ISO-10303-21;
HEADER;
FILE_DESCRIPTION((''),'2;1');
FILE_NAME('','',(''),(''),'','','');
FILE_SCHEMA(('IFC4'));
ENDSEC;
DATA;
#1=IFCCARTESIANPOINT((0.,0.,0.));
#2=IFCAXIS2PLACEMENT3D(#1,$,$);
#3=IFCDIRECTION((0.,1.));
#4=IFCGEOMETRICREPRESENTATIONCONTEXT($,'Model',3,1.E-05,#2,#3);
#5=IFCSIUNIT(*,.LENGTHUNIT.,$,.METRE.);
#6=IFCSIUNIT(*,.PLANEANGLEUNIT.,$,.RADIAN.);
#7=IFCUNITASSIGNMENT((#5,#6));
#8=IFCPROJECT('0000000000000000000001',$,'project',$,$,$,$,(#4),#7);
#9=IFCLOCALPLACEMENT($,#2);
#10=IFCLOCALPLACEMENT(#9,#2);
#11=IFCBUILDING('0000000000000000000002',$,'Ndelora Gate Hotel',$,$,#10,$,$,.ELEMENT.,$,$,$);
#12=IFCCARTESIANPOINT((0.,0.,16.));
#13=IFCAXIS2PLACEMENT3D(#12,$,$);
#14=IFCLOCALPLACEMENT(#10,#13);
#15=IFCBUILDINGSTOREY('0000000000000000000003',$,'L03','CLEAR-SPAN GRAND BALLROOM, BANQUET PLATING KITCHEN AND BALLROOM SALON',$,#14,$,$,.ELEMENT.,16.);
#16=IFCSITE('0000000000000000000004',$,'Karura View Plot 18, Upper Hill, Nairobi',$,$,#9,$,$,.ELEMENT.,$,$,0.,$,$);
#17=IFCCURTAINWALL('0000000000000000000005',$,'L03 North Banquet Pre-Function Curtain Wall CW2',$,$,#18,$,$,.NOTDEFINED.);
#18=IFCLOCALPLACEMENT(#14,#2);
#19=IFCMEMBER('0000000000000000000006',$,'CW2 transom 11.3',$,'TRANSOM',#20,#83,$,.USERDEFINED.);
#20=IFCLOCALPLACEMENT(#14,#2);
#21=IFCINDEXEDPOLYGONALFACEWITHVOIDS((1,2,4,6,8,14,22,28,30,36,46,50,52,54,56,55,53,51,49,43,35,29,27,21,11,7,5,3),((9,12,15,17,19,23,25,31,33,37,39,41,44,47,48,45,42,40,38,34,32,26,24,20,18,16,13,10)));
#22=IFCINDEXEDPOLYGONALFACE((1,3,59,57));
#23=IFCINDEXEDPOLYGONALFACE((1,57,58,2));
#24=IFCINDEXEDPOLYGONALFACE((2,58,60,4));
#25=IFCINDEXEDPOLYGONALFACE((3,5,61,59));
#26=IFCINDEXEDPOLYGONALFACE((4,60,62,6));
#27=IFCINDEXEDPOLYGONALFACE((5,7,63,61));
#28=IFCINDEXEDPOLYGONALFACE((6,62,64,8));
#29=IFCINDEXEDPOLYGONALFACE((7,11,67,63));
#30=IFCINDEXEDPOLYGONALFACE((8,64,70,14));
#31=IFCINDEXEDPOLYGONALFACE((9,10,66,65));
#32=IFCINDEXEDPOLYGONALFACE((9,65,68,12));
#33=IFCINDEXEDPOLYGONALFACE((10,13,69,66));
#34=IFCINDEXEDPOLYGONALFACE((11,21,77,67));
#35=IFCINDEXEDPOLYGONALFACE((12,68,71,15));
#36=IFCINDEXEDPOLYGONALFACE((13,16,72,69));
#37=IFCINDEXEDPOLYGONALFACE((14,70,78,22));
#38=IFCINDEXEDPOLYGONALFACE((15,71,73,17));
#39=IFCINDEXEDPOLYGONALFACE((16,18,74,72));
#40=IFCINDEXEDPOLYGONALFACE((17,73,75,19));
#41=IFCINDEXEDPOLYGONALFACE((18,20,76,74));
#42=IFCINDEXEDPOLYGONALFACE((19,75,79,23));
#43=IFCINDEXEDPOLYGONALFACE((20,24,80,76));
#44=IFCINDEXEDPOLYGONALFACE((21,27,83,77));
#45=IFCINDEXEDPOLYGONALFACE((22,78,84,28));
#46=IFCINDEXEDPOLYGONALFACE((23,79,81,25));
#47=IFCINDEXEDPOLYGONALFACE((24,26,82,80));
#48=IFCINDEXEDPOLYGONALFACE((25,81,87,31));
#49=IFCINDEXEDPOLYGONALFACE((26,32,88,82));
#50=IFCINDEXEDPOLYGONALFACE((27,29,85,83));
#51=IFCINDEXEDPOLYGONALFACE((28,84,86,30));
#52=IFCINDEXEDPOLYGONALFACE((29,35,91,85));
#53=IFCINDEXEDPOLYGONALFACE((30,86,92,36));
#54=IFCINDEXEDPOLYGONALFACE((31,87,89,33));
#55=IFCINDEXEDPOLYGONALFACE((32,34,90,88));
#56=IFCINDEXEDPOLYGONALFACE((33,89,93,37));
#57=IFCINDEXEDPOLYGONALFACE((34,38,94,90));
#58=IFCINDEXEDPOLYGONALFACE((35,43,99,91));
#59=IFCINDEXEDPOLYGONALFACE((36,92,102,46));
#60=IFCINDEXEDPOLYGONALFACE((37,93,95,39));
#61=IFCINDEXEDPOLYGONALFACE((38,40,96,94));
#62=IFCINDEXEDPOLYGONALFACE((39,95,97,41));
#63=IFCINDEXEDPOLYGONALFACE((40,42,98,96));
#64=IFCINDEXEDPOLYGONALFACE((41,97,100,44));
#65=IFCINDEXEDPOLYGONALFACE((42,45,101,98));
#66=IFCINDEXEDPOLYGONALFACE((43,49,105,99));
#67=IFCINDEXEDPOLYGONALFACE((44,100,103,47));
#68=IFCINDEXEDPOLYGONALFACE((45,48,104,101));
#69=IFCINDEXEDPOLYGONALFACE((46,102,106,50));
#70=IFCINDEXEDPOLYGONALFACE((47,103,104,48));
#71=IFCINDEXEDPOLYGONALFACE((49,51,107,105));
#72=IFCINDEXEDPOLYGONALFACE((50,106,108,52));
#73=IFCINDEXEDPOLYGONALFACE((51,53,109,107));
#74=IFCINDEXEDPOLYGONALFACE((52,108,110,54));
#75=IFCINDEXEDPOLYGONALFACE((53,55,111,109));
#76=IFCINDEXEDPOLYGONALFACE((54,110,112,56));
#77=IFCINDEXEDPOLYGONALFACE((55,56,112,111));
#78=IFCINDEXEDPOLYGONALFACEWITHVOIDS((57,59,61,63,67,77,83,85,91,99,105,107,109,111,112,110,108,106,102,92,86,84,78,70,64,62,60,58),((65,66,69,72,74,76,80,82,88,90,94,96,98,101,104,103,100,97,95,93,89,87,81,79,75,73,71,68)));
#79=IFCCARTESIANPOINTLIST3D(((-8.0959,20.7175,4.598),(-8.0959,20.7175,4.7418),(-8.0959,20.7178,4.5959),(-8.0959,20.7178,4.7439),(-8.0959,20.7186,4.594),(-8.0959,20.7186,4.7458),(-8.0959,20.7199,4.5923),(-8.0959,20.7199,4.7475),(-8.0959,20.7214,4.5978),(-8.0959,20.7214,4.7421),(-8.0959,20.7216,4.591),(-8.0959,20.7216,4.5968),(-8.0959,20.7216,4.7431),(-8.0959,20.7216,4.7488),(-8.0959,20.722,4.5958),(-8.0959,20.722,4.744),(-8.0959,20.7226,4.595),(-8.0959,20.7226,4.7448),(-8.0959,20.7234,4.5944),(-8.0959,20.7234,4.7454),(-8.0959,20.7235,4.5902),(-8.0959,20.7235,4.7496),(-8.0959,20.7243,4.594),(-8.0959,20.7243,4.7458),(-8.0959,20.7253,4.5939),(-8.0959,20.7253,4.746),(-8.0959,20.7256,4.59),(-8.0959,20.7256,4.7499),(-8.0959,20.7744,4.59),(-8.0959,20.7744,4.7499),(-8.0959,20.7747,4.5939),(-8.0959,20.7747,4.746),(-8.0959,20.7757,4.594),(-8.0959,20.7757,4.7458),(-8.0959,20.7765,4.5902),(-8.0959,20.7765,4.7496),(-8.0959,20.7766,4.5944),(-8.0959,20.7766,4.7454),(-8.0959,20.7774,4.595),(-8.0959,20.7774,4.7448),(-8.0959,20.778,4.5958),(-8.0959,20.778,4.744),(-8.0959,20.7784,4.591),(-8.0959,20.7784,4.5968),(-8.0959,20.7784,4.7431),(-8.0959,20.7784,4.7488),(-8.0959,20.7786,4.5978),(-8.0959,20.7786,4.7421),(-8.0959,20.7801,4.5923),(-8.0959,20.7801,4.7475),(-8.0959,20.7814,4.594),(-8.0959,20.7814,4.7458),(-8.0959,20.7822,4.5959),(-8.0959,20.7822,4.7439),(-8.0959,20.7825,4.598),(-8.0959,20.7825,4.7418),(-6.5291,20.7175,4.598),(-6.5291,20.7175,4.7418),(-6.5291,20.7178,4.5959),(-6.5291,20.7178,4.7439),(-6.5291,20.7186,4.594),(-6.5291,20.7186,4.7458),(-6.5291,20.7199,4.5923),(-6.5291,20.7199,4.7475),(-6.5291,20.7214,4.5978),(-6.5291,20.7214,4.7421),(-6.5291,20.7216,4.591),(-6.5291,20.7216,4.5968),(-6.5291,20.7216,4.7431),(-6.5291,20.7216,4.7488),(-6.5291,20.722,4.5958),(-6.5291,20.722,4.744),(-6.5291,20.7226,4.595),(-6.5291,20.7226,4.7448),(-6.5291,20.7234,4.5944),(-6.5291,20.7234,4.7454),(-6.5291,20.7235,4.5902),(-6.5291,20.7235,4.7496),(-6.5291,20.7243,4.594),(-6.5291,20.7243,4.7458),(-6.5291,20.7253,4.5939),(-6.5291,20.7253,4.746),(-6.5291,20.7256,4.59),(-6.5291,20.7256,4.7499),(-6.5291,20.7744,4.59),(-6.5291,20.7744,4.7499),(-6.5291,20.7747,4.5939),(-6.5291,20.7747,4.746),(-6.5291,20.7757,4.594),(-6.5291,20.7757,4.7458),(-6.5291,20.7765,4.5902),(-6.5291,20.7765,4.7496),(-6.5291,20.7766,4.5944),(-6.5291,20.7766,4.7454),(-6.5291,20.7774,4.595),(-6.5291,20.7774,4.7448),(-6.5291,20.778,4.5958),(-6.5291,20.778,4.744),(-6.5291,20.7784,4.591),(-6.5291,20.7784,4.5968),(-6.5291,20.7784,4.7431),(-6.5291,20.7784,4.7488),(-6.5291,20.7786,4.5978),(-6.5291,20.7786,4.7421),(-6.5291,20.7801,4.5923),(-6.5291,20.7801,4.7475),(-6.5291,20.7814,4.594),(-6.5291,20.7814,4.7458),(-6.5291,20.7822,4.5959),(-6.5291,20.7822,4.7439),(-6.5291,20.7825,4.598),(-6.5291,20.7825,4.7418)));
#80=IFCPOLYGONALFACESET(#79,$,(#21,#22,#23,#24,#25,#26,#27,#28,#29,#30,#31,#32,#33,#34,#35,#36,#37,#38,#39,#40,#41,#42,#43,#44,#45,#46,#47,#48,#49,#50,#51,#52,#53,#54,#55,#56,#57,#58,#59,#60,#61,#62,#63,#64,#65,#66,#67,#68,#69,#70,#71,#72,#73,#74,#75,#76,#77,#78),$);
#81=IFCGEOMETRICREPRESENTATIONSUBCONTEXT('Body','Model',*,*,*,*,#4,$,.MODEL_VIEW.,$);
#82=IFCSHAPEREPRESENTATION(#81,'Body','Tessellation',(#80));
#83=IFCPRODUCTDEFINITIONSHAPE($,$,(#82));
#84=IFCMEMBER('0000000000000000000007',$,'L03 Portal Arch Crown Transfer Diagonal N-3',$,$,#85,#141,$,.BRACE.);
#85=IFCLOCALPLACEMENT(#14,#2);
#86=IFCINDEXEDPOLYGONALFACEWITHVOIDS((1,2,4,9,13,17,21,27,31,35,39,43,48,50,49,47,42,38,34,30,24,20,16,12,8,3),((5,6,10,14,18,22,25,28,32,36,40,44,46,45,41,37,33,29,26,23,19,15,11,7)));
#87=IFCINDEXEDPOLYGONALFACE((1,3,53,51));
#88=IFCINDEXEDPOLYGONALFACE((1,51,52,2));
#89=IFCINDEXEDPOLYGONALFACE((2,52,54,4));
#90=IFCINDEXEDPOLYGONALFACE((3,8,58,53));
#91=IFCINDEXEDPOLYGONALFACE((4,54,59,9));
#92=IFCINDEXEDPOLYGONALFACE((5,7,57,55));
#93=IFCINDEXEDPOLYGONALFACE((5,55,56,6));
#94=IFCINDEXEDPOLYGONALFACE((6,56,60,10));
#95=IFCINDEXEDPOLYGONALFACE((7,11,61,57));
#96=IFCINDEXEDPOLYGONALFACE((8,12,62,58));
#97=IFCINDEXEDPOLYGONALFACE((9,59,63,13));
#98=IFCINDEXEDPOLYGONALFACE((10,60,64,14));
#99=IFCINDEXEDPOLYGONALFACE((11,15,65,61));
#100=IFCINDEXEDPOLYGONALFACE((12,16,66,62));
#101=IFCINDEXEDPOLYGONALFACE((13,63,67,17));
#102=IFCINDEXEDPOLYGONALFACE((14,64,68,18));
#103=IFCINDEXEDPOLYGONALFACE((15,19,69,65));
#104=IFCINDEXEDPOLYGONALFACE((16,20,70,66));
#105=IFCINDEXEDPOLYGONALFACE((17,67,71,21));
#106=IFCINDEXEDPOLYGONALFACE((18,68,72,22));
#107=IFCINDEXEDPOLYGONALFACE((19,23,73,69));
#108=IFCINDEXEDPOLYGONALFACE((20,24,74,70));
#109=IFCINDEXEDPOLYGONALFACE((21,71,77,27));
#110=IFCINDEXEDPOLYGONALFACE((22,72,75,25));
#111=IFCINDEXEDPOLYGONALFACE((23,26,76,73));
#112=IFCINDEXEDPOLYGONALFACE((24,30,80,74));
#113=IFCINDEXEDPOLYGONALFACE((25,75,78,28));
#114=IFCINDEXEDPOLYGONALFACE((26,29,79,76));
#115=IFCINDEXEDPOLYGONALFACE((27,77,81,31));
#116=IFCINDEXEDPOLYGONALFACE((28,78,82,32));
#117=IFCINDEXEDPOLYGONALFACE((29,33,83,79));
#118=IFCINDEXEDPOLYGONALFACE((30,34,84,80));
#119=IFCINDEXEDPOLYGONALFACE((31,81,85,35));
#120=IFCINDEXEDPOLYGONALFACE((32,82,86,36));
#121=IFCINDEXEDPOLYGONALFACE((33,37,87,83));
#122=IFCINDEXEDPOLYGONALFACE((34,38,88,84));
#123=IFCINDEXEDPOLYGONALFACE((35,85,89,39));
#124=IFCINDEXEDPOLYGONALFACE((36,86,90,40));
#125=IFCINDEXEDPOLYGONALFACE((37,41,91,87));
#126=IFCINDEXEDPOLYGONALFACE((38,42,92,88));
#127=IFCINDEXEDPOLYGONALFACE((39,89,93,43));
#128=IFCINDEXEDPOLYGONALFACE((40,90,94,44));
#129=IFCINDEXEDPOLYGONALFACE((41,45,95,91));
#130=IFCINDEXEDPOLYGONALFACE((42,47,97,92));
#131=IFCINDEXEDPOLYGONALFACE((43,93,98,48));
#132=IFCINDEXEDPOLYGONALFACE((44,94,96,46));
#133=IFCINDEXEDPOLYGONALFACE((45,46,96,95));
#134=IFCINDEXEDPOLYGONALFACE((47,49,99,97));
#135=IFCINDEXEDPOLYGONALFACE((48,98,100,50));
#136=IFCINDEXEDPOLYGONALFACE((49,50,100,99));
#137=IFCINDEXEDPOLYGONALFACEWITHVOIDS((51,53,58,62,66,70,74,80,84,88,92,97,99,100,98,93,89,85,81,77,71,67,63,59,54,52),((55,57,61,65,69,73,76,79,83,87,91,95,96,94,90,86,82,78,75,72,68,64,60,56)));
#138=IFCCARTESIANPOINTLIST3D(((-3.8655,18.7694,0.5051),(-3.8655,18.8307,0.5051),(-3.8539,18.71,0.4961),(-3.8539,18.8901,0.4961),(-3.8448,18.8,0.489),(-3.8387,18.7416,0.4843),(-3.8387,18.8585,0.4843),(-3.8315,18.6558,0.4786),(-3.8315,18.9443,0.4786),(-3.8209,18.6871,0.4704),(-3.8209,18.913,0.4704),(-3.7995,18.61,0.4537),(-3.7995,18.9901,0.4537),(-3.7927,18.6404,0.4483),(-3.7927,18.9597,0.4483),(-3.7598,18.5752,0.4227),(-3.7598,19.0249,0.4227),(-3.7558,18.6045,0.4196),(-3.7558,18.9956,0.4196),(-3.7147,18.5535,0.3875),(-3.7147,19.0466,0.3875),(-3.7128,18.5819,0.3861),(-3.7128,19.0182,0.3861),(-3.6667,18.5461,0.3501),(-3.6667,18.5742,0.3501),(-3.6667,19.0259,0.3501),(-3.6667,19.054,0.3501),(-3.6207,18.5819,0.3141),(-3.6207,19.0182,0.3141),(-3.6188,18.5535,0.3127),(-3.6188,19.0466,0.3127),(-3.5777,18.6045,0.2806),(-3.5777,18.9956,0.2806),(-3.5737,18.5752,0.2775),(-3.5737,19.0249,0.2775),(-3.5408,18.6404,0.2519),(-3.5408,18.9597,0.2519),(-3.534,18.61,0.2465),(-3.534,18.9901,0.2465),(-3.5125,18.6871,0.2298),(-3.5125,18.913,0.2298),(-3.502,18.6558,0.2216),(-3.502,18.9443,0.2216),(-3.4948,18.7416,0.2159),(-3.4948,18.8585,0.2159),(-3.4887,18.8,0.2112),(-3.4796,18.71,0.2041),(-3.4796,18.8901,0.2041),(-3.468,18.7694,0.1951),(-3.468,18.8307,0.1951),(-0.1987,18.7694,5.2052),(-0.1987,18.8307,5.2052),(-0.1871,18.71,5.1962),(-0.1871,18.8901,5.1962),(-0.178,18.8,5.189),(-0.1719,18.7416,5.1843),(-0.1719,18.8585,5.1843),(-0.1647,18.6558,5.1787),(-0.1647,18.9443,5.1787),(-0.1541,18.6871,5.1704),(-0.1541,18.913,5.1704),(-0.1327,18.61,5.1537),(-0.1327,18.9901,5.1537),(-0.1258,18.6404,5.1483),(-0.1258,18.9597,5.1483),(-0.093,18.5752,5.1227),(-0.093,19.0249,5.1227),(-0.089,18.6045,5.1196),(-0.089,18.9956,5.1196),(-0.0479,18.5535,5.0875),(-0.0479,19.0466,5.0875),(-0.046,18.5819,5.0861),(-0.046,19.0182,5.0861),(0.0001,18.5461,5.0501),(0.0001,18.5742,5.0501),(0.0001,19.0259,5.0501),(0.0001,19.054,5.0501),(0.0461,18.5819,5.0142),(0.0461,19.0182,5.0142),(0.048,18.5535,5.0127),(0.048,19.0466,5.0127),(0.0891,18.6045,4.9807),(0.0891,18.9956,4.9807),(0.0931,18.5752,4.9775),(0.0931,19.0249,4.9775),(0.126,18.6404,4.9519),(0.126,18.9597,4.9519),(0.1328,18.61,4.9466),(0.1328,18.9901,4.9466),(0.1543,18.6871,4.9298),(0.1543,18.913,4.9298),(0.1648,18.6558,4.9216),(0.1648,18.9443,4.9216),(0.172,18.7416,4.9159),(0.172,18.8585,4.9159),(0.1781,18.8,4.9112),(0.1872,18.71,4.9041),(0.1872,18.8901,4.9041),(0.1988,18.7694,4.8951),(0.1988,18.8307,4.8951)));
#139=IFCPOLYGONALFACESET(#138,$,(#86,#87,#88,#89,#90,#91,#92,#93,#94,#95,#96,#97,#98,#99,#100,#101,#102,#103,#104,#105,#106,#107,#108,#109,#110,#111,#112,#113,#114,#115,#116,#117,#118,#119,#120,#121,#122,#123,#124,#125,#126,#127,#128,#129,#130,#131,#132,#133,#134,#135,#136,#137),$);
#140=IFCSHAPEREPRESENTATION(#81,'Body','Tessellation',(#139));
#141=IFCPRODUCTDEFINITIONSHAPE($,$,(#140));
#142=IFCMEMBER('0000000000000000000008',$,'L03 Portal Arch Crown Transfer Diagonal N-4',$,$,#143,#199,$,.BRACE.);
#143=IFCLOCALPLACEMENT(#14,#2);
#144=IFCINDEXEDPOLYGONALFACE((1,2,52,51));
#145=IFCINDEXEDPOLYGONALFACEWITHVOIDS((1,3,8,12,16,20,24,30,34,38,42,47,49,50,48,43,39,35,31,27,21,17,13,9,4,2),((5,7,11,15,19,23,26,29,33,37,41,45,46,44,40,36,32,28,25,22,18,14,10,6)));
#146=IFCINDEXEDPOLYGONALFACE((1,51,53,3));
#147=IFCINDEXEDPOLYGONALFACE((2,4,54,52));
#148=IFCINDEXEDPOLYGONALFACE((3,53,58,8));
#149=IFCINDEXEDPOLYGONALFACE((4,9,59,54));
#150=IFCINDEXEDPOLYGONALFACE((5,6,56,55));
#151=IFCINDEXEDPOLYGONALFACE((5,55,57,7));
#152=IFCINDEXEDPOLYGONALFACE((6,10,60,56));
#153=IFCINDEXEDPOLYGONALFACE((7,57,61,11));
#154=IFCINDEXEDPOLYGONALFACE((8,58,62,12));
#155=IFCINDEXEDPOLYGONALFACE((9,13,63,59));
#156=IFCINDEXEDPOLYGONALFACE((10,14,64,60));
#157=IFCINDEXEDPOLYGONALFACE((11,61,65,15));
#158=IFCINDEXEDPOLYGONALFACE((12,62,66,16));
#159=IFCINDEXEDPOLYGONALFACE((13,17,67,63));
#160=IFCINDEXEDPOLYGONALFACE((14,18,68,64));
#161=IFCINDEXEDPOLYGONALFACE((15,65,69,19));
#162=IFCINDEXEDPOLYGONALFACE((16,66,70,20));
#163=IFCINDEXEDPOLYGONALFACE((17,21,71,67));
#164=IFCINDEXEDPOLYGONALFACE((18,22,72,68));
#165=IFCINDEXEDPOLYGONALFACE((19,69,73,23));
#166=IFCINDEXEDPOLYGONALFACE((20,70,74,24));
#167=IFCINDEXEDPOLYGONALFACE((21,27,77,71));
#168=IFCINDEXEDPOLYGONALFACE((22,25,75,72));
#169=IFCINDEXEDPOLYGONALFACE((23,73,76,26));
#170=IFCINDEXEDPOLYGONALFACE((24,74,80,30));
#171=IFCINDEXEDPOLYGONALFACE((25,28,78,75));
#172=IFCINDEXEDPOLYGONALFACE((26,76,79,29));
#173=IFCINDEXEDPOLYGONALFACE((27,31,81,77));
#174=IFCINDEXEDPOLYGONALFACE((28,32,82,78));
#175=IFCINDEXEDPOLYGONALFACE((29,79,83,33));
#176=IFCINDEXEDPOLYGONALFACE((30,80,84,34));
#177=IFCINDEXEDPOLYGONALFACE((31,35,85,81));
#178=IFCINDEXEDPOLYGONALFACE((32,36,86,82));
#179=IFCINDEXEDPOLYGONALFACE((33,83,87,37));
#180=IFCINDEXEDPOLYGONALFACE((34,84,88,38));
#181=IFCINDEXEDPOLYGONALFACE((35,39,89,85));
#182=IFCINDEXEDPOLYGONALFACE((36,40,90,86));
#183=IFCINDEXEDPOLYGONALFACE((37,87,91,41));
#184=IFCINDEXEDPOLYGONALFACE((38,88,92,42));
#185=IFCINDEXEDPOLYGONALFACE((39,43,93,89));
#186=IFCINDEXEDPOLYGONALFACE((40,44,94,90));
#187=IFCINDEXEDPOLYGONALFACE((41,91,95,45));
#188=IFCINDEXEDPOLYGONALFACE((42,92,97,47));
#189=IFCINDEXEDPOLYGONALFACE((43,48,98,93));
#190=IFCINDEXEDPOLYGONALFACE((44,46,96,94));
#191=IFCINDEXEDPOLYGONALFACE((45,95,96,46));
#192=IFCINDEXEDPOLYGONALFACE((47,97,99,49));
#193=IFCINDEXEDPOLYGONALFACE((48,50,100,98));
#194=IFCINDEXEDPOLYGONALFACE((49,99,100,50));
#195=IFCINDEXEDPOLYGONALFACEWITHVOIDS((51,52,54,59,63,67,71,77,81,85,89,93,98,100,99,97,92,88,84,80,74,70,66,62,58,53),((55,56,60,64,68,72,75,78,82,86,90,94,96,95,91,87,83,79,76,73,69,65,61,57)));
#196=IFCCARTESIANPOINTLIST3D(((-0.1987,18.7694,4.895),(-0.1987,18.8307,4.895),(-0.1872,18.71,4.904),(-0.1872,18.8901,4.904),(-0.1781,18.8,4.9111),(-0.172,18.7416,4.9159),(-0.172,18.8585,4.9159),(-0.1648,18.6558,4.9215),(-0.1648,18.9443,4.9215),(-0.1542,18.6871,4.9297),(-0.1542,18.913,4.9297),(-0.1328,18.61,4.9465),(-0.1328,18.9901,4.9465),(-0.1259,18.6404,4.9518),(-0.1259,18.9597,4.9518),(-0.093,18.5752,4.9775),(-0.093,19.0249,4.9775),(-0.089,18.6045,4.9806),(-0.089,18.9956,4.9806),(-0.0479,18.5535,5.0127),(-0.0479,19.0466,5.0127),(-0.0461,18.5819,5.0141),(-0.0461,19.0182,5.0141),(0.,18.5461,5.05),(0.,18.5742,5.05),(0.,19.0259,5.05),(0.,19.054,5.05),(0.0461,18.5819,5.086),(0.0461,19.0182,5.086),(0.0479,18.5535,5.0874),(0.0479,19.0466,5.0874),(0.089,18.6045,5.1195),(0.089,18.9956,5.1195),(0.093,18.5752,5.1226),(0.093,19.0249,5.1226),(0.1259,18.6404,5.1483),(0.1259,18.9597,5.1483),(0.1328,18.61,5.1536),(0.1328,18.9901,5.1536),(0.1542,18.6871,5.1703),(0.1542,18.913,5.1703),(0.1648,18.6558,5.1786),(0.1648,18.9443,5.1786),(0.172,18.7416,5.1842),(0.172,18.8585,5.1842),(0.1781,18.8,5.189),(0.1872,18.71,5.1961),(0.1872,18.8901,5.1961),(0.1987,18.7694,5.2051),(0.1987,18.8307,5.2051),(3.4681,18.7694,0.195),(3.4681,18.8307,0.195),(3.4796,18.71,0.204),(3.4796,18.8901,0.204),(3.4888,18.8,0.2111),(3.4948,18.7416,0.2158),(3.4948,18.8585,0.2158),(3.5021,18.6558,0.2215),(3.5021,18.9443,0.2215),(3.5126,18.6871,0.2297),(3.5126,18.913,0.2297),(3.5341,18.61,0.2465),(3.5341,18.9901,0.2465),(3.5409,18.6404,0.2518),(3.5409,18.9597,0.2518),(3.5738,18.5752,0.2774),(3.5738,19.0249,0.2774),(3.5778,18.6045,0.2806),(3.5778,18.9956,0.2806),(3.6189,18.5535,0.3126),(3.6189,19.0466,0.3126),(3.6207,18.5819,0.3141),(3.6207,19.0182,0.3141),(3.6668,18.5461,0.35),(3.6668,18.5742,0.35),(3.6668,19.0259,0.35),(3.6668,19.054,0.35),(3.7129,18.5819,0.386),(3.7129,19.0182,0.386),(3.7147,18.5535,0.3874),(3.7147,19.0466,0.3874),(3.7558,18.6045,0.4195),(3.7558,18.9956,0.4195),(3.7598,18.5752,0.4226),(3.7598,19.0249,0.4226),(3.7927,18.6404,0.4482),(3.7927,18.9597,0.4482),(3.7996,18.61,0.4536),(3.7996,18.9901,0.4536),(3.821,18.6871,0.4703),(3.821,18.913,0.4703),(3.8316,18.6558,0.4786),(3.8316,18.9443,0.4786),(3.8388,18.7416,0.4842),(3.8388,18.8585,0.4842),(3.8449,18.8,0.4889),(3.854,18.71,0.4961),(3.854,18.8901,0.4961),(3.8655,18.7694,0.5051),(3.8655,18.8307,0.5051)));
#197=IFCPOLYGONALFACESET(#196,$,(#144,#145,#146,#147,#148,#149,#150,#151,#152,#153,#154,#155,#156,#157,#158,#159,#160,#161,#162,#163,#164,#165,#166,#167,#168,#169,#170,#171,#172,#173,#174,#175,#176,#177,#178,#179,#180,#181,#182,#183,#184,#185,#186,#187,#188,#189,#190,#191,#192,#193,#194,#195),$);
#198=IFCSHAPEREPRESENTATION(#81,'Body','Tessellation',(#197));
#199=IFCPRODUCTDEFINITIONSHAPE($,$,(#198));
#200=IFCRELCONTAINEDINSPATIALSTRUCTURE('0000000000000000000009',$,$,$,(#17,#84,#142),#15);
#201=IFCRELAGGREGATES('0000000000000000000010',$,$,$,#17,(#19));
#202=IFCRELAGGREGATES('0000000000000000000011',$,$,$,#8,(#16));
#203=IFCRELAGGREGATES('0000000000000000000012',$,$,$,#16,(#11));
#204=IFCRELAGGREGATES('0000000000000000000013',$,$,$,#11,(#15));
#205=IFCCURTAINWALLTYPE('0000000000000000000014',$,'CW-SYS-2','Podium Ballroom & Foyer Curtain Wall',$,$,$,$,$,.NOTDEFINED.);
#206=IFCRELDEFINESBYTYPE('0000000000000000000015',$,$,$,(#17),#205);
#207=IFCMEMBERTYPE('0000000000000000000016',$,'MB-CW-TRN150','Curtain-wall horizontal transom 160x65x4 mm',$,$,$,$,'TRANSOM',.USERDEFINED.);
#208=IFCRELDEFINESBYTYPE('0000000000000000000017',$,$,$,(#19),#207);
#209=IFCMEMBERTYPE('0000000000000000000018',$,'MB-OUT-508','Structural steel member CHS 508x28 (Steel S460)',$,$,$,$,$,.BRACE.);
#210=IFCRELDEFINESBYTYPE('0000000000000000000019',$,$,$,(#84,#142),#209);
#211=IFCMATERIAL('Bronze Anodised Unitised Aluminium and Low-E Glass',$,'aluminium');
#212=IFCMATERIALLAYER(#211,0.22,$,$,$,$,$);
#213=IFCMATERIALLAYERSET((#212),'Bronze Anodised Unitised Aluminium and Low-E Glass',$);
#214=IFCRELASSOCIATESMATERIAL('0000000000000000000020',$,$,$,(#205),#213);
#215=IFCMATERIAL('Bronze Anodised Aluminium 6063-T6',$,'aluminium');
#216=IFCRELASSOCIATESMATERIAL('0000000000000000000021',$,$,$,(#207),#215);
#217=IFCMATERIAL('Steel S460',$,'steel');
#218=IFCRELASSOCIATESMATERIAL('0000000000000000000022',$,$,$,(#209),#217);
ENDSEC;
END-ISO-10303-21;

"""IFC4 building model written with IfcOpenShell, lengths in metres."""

from ifc_helpers import new_model, si_unit, direction, frame, origin, origin_2d, place, context, subcontext, project, spatial, hollow_rectangle, hollow_circle, extrude, material, layer, layer_set, material_profile, profile_set, type_object, element, aggregate, save


model = new_model("IFC4")

# Units and contexts
model_context = context("Model", 3, precision=1e-05, world=origin(), true_north=direction((0.0, 1.0)))
body_context = subcontext(model_context, "Body", "Model", "MODEL_VIEW")
ifc_project = project(units=[si_unit("LENGTHUNIT", "METRE"), si_unit("PLANEANGLEUNIT", "RADIAN")], contexts=[model_context])

# Site, building, storey
site_placement = place(None, origin())
site = spatial("IfcSite", under=ifc_project, at=site_placement, Name="Karura View Plot 18, Upper Hill, Nairobi", CompositionType="ELEMENT", RefElevation=0.0)
building_placement = place(site_placement, origin())
building = spatial("IfcBuilding", under=site, at=building_placement, Name="Ndelora Gate Hotel", CompositionType="ELEMENT")
storey_placement = place(building_placement, frame((0.0, 0.0, 16.0)))
storey = spatial("IfcBuildingStorey", under=building, at=storey_placement, Name="L03", Description="CLEAR-SPAN GRAND BALLROOM, BANQUET PLATING KITCHEN AND BALLROOM SALON", CompositionType="ELEMENT", Elevation=16.0)

# Curtain wall, member
ifc_material_1 = material(Name="Bronze Anodised Unitised Aluminium and Low-E Glass", Category="aluminium")
ifc_layer_1 = layer(ifc_material_1, 0.22)
ifc_layer_set_1 = layer_set([ifc_layer_1], Name="Bronze Anodised Unitised Aluminium and Low-E Glass")
curtain_wall_type = type_object("IfcCurtainWallType", Name="CW-SYS-2", Description="Podium Ballroom & Foyer Curtain Wall", PredefinedType="NOTDEFINED", material=ifc_layer_set_1)
curtain_wall_placement = place(storey_placement, origin())
curtain_wall = element("IfcCurtainWall", 1, at=curtain_wall_placement, inside=storey, type_object=curtain_wall_type, Name="L03 North Banquet Pre-Function Curtain Wall CW2", PredefinedType="NOTDEFINED")
ifc_material_2 = material(Name="Bronze Anodised Aluminium 6063-T6", Category="aluminium")
ifc_material_profile_1 = material_profile(ifc_material_2, hollow_rectangle(XDim=0.0649, YDim=0.1599, WallThickness=0.0039, InnerFilletRadius=0.0039, OuterFilletRadius=0.0081, at=origin_2d()), Name="ALU 160x65x4")
ifc_profile_set_1 = profile_set([ifc_material_profile_1], Name="Bronze Anodised Aluminium 6063-T6")
member_type_1 = type_object("IfcMemberType", Name="MB-CW-TRN150", Description="Curtain-wall horizontal transom 160x65x4 mm", ElementType="TRANSOM", PredefinedType="USERDEFINED", material=ifc_profile_set_1)
member_1_placement = place(storey_placement, frame((-6.5291, 20.75, 4.6699), z_axis=(-1.0, 0.0, 0.0), x_axis=(0.0, -1.0, 0.0)))
member_1 = element("IfcMember", 2, at=member_1_placement, type_object=member_type_1, Name="CW2 transom 11.3", ObjectType="TRANSOM", PredefinedType="USERDEFINED", context=body_context, shape_type="SweptSolid", body=[
    extrude(hollow_rectangle(XDim=0.0649, YDim=0.1599, WallThickness=0.0039, InnerFilletRadius=0.0039, OuterFilletRadius=0.0081, at=origin_2d()), origin(), (0.0, 0.0, 1.0), 1.5669),
])
aggregate(curtain_wall, [member_1])

# Members
ifc_material_3 = material(Name="Steel S460", Category="steel")
ifc_material_profile_2 = material_profile(ifc_material_3, hollow_circle(Radius=0.2539, WallThickness=0.0281, at=origin_2d()), Name="CHS 508x28")
ifc_profile_set_2 = profile_set([ifc_material_profile_2], Name="Steel S460")
member_type_2 = type_object("IfcMemberType", Name="MB-OUT-508", Description="Structural steel member CHS 508x28 (Steel S460)", PredefinedType="BRACE", material=ifc_profile_set_2)
for number, where, z_axis, x_axis, name in (
    (3, (-3.6667, 18.8, 0.3501), (0.615114, 0.0, 0.788438), (0.0, 1.0, 0.0), "L03 Portal Arch Crown Transfer Diagonal N-3"),
    (4, (0.0, 18.8, 5.05), (0.615114, 0.0, -0.788438), (0.0, 1.0, 0.0), "L03 Portal Arch Crown Transfer Diagonal N-4"),
):
    element("IfcMember", number, at=place(storey_placement, frame(where, z_axis=z_axis, x_axis=x_axis)), inside=storey, type_object=member_type_2, Name=name, PredefinedType="BRACE", context=body_context, shape_type="SweptSolid", body=[
        extrude(hollow_circle(Radius=0.2539, WallThickness=0.0281, at=origin_2d()), origin(), (0.0, 0.0, 1.0), 5.9612),
    ])

save(model, "model.ifc")
